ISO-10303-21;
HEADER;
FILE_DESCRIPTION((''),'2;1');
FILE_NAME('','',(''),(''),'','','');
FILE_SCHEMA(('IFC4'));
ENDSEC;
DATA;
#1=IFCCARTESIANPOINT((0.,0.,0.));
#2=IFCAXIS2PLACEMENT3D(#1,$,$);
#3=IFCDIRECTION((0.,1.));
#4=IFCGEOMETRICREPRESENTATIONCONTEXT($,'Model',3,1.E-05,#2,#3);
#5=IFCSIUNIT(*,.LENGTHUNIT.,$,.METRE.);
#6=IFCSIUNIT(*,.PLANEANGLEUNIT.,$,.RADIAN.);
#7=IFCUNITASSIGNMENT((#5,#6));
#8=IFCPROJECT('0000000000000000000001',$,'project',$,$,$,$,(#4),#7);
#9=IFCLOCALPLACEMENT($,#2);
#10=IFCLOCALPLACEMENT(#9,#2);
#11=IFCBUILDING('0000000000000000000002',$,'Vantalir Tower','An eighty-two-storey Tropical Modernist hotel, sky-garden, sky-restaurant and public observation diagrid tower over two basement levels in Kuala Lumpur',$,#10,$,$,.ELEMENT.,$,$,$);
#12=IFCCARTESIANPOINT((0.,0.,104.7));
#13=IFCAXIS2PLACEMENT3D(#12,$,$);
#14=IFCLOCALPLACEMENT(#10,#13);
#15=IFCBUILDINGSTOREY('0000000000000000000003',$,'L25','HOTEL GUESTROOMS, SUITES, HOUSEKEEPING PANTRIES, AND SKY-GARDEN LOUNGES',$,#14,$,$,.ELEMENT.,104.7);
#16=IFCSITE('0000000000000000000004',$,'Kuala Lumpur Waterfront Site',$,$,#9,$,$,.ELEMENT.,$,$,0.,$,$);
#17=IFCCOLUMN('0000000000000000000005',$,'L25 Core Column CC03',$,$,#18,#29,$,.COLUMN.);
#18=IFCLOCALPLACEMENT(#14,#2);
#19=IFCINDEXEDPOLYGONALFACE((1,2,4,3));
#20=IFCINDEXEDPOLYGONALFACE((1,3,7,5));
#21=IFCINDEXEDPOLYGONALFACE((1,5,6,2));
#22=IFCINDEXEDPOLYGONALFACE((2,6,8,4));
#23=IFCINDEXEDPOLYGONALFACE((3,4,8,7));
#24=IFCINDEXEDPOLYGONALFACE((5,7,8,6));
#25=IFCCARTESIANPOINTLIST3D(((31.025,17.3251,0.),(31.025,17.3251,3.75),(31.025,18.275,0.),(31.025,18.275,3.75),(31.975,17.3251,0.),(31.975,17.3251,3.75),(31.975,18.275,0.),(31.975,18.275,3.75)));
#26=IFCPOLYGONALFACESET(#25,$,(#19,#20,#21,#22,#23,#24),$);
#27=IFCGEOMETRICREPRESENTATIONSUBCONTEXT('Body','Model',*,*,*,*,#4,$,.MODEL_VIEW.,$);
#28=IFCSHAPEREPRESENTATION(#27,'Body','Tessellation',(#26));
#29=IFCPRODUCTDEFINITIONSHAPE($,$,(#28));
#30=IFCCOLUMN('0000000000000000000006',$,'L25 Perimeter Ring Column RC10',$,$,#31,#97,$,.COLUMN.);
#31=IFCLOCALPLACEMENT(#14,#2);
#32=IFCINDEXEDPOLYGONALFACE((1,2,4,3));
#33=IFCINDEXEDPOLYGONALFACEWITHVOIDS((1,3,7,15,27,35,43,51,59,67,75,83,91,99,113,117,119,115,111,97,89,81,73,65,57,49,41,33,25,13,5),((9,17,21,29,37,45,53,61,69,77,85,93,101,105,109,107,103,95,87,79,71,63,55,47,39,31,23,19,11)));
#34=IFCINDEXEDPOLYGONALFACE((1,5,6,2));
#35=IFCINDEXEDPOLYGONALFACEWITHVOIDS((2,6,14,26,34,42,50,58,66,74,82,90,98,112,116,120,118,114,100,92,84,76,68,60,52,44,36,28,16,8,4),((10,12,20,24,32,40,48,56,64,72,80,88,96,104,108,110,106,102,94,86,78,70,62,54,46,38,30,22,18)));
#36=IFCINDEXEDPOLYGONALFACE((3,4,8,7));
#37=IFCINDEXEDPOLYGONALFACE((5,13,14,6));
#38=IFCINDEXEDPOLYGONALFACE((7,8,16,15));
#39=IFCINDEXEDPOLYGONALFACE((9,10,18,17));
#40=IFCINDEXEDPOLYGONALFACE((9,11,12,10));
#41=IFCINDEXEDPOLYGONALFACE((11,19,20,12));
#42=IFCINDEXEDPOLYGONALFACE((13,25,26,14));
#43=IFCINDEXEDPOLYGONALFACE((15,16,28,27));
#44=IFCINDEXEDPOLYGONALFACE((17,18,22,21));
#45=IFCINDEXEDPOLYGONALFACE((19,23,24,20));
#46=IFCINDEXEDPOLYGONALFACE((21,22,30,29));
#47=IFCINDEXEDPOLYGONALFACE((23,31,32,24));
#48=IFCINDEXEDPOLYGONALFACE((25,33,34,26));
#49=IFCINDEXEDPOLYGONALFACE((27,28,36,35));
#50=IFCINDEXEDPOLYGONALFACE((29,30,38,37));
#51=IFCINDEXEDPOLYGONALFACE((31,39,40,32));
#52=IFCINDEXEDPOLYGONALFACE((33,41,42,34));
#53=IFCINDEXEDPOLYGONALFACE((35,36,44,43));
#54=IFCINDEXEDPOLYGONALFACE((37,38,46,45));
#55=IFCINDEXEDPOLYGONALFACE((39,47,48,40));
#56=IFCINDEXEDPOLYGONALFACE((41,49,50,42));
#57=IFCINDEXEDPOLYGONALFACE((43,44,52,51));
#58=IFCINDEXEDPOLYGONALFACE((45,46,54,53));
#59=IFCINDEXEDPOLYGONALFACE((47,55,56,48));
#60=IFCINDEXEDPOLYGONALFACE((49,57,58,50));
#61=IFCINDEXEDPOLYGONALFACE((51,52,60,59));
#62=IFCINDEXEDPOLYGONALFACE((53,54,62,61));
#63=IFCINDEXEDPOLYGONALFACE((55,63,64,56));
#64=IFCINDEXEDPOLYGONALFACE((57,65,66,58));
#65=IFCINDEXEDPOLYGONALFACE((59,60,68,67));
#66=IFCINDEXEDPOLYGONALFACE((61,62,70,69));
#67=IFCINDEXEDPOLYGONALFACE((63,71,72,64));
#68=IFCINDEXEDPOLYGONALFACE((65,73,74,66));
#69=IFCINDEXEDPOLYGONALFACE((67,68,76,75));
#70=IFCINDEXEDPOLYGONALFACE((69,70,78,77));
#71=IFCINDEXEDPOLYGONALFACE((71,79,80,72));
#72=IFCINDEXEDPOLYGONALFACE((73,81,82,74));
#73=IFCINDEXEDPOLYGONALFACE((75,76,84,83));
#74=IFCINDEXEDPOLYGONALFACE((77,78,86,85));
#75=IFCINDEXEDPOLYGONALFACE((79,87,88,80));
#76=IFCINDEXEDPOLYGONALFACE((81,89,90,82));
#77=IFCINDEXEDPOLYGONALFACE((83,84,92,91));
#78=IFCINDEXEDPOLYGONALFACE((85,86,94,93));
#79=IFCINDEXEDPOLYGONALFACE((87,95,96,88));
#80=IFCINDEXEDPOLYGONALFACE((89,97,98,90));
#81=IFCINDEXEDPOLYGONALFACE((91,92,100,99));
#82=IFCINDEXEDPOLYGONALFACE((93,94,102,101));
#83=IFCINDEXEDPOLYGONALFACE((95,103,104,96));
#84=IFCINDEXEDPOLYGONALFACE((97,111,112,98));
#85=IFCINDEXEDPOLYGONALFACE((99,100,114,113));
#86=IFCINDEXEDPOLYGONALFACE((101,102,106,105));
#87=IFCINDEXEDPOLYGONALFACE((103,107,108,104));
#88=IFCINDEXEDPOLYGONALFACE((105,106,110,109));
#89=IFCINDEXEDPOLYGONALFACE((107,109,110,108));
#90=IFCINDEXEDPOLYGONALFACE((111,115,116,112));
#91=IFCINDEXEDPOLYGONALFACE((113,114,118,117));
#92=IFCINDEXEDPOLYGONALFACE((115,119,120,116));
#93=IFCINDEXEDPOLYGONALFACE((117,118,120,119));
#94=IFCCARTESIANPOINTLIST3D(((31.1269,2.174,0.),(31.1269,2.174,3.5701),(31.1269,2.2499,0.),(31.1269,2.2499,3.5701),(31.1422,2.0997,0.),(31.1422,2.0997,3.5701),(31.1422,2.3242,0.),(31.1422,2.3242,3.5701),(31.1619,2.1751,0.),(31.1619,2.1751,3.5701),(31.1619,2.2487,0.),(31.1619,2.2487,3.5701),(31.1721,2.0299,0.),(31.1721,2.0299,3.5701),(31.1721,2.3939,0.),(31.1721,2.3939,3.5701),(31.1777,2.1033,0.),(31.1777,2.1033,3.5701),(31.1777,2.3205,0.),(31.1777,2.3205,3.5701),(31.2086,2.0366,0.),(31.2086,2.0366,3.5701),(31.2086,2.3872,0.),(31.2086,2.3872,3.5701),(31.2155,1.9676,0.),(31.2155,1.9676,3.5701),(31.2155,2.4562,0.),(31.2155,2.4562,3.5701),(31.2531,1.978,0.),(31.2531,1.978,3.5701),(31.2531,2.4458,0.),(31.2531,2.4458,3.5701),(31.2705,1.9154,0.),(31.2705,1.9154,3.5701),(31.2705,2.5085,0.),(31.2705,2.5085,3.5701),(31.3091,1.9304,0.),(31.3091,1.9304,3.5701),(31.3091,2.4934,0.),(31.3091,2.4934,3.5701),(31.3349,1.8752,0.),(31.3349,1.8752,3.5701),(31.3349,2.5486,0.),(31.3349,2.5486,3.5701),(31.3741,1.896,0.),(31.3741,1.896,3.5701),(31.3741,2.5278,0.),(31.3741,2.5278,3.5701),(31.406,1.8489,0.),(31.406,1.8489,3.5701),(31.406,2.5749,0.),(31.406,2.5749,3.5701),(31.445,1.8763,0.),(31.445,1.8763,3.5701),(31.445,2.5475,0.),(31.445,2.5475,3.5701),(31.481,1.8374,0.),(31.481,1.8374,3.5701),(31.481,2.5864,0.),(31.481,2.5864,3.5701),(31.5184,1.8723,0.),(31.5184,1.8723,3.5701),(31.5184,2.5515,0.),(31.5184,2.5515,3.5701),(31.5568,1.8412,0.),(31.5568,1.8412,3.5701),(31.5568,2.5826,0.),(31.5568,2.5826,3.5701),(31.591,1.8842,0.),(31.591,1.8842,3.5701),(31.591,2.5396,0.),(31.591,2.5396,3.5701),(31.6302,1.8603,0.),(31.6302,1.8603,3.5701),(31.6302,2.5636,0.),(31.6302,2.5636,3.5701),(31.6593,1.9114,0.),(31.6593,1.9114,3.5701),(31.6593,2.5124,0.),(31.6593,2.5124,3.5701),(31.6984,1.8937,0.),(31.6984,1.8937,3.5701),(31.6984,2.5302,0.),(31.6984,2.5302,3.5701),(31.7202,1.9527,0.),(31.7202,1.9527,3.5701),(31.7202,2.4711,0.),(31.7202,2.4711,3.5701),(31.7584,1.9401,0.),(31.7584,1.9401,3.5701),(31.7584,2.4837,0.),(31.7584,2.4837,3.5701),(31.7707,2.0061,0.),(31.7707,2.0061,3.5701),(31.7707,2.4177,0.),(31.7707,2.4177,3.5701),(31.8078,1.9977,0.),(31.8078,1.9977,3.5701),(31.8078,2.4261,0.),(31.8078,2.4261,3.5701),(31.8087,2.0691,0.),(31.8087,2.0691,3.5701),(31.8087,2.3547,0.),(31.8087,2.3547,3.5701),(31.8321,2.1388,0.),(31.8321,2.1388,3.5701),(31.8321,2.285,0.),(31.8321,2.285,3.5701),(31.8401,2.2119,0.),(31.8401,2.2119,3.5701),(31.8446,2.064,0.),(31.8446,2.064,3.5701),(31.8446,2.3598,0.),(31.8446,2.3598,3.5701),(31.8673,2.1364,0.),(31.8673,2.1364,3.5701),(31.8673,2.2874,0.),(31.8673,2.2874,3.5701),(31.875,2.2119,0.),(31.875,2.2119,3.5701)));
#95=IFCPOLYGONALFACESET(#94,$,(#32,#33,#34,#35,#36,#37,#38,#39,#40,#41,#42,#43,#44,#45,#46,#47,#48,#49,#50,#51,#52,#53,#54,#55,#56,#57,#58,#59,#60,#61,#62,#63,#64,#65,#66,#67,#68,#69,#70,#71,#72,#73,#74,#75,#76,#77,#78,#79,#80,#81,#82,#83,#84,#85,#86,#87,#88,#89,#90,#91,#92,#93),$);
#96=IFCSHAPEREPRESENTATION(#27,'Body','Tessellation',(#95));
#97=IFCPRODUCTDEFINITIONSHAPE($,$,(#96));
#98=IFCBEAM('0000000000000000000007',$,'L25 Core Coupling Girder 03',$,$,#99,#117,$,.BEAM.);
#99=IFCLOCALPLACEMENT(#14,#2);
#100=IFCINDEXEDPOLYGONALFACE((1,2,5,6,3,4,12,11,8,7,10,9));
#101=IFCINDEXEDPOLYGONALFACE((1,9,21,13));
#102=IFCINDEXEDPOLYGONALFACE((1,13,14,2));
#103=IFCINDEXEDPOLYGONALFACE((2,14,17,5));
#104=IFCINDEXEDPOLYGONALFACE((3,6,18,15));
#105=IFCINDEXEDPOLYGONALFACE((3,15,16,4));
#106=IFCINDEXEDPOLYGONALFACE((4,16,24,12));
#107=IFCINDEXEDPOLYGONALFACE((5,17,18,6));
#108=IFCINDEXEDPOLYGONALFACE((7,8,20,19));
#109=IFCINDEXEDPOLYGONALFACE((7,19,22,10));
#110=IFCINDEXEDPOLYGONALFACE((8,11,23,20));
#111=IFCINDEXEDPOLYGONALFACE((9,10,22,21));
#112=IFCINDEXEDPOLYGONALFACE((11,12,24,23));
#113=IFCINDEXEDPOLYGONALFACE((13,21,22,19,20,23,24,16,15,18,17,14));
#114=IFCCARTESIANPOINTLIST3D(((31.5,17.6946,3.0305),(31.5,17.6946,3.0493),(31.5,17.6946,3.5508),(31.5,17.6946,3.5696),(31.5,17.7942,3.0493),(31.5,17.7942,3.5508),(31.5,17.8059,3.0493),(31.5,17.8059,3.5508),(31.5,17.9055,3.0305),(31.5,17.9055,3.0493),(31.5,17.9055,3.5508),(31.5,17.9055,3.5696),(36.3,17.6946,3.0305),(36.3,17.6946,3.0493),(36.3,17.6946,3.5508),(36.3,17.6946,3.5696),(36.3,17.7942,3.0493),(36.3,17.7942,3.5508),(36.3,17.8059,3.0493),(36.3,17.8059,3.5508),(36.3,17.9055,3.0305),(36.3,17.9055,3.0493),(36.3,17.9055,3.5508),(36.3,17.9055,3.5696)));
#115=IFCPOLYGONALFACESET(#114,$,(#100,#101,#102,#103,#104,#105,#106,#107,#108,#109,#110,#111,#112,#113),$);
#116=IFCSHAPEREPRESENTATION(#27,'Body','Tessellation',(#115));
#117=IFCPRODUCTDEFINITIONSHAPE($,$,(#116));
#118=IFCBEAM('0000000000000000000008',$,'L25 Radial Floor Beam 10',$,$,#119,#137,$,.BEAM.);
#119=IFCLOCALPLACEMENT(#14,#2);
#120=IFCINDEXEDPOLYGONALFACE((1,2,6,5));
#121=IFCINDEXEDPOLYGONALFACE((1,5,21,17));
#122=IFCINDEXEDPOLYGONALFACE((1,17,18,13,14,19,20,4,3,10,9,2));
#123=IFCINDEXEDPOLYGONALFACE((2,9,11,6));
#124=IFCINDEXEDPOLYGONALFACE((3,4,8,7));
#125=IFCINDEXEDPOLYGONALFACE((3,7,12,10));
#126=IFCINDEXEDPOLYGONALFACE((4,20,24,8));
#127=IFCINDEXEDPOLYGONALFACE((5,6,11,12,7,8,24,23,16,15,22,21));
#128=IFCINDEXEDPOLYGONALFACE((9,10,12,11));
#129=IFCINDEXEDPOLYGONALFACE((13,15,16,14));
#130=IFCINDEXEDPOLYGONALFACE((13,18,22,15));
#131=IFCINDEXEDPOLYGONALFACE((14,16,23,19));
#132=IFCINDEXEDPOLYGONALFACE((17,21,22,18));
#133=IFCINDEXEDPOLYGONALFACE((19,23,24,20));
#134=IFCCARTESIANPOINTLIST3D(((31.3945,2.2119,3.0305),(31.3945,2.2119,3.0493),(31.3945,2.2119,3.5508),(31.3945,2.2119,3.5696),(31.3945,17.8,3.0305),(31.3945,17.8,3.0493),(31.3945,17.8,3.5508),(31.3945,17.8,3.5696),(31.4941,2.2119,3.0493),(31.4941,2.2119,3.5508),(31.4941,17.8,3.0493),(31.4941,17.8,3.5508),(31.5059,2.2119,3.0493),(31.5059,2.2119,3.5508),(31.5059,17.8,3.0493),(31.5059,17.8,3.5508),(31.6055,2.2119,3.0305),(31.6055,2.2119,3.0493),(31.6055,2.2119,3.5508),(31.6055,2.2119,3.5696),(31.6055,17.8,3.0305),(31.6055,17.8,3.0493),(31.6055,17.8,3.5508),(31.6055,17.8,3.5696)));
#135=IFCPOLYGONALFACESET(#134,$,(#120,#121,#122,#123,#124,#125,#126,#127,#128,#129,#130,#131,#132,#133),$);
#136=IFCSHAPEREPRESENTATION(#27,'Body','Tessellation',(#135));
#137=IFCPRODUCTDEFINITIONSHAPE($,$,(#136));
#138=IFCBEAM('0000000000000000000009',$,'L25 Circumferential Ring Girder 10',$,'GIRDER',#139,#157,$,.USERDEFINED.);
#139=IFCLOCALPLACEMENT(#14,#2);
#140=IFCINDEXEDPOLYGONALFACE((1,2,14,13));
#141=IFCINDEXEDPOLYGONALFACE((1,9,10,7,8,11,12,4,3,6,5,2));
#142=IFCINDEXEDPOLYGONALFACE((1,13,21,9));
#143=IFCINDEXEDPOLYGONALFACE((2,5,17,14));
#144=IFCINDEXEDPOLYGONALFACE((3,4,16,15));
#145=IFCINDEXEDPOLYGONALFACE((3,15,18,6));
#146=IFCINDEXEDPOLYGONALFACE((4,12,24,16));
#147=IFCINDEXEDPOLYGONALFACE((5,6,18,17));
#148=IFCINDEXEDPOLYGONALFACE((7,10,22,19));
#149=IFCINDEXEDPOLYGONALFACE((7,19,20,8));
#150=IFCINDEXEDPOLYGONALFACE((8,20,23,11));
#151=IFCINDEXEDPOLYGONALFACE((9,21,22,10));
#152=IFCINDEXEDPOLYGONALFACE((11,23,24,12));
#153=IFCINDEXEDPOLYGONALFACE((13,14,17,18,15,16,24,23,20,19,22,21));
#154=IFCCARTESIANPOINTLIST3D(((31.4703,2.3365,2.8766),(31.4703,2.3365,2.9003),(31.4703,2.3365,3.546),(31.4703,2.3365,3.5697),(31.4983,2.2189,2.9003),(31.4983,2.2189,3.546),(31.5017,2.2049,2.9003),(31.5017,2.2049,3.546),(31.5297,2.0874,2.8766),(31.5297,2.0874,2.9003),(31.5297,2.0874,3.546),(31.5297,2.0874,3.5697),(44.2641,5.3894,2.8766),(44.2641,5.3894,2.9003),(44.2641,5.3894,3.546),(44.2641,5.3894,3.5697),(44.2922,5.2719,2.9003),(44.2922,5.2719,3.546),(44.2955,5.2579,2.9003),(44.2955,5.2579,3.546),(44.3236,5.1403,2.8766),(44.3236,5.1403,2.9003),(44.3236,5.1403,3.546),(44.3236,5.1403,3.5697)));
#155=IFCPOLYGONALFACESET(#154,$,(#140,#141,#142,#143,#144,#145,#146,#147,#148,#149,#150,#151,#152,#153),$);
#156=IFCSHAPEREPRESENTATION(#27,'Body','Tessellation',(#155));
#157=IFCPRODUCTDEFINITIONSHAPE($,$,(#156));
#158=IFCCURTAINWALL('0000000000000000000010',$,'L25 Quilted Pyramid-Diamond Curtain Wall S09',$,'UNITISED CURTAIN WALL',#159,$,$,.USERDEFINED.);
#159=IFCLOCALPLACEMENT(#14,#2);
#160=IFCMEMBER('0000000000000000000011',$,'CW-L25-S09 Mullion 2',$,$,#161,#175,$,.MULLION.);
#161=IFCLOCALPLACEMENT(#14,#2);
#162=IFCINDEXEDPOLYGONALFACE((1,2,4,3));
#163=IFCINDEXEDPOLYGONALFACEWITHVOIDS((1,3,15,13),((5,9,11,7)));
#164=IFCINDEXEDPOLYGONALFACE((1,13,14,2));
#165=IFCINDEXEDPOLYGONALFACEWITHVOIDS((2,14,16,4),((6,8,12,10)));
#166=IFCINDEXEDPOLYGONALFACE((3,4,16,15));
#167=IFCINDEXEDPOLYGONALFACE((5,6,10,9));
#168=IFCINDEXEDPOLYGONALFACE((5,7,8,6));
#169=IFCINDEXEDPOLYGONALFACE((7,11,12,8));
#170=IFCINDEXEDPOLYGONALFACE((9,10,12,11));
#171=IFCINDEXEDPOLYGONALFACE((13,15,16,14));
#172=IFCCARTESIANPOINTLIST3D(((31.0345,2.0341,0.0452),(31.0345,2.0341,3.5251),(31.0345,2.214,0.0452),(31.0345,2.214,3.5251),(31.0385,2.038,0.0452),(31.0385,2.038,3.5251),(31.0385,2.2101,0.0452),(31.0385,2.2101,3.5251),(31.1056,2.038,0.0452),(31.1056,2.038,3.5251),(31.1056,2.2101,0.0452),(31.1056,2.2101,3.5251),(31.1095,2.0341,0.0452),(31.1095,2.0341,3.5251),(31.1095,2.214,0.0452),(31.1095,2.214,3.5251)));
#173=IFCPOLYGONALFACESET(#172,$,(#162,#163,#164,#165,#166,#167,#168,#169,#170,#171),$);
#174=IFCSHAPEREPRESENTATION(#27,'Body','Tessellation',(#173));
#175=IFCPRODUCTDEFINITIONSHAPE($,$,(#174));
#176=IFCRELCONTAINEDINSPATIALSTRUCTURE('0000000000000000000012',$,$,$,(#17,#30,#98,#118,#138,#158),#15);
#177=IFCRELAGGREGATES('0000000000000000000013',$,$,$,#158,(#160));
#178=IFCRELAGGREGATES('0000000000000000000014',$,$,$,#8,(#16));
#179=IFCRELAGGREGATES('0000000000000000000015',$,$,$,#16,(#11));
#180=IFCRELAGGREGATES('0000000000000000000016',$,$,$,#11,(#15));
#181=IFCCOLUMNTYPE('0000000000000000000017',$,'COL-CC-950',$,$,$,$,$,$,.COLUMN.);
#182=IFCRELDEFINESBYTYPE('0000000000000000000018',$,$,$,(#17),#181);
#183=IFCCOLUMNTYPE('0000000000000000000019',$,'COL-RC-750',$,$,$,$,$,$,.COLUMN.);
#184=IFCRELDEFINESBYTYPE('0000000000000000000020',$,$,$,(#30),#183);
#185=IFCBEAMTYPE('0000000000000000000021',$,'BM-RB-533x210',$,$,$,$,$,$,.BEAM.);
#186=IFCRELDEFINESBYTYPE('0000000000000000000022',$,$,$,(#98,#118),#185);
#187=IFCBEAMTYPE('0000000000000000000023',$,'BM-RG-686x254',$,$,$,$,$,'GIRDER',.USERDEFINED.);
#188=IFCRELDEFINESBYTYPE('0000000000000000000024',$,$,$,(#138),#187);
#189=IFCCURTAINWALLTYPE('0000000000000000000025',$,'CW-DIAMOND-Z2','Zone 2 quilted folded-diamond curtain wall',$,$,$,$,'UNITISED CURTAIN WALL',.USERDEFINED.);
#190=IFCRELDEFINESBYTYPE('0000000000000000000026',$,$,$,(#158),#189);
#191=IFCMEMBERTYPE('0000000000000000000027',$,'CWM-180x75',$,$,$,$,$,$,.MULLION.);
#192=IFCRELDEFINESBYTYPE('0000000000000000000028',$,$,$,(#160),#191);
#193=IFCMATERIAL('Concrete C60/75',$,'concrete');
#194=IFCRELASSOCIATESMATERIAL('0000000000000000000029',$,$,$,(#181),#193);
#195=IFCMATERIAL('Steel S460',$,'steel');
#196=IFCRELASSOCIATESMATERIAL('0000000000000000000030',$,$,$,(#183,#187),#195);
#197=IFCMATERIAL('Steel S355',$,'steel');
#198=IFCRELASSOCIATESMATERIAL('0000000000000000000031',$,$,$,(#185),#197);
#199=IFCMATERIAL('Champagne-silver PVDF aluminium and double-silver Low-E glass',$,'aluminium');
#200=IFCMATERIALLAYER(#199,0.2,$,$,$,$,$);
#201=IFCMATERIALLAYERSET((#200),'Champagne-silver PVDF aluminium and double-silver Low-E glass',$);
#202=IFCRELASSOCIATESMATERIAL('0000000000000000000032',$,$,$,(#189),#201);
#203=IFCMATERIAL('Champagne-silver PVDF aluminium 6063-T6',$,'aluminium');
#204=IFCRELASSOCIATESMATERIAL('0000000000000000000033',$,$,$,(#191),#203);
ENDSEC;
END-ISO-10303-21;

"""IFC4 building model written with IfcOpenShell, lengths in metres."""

from ifc_helpers import new_model, si_unit, direction, frame, origin, origin_2d, place, context, subcontext, project, spatial, rectangle, hollow_rectangle, hollow_circle, i_section, extrude, material, layer, layer_set, material_profile, profile_set, type_object, element, aggregate, save


model = new_model("IFC4")

# Units and contexts
model_context = context("Model", 3, precision=1e-05, world=origin(), true_north=direction((0.0, 1.0)))
body_context = subcontext(model_context, "Body", "Model", "MODEL_VIEW")
ifc_project = project(units=[si_unit("LENGTHUNIT", "METRE"), si_unit("PLANEANGLEUNIT", "RADIAN")], contexts=[model_context])

# Site, building, storey
site_placement = place(None, origin())
site = spatial("IfcSite", under=ifc_project, at=site_placement, Name="Kuala Lumpur Waterfront Site", CompositionType="ELEMENT", RefElevation=0.0)
building_placement = place(site_placement, origin())
building = spatial("IfcBuilding", under=site, at=building_placement, Name="Vantalir Tower", Description="An eighty-two-storey Tropical Modernist hotel, sky-garden, sky-restaurant and public observation diagrid tower over two basement levels in Kuala Lumpur", CompositionType="ELEMENT")
storey_placement = place(building_placement, frame((0.0, 0.0, 104.7)))
storey = spatial("IfcBuildingStorey", under=building, at=storey_placement, Name="L25", Description="HOTEL GUESTROOMS, SUITES, HOUSEKEEPING PANTRIES, AND SKY-GARDEN LOUNGES", CompositionType="ELEMENT", Elevation=104.7)

# Columns
ifc_material_1 = material(Name="Concrete C60/75", Category="concrete")
ifc_material_profile_1 = material_profile(ifc_material_1, rectangle(XDim=0.95, YDim=0.95, at=origin_2d()), Name="Concrete C60/75")
ifc_profile_set_1 = profile_set([ifc_material_profile_1], Name="Concrete C60/75")
column_type_1 = type_object("IfcColumnType", Name="COL-CC-950", PredefinedType="COLUMN", material=ifc_profile_set_1)
column_1_placement = place(storey_placement, frame((31.5, 17.8, 0.0), z_axis=(0.0, 0.0, 1.0), x_axis=(1.0, 0.0, 0.0)))
element("IfcColumn", 1, at=column_1_placement, inside=storey, type_object=column_type_1, Name="L25 Core Column CC03", PredefinedType="COLUMN", context=body_context, shape_type="SweptSolid", body=[
    extrude(rectangle(XDim=0.95, YDim=0.95, at=origin_2d()), origin(), (0.0, 0.0, 1.0), 3.75),
])
ifc_material_2 = material(Name="Steel S460", Category="steel")
ifc_material_profile_2 = material_profile(ifc_material_2, hollow_circle(Radius=0.375, WallThickness=0.0349, at=origin_2d()), Name="Steel S460")
ifc_profile_set_2 = profile_set([ifc_material_profile_2], Name="Steel S460")
column_type_2 = type_object("IfcColumnType", Name="COL-RC-750", PredefinedType="COLUMN", material=ifc_profile_set_2)
column_2_placement = place(storey_placement, frame((31.5, 2.2119, 0.0), z_axis=(0.0, 0.0, 1.0), x_axis=(1.0, 0.0, 0.0)))
element("IfcColumn", 2, at=column_2_placement, inside=storey, type_object=column_type_2, Name="L25 Perimeter Ring Column RC10", PredefinedType="COLUMN", context=body_context, shape_type="SweptSolid", body=[
    extrude(hollow_circle(Radius=0.375, WallThickness=0.0349, at=origin_2d()), origin(), (0.0, 0.0, 1.0), 3.5701),
])

# Beams
ifc_material_3 = material(Name="Steel S355", Category="steel")
ifc_material_profile_3 = material_profile(ifc_material_3, i_section(OverallWidth=0.2109, OverallDepth=0.5391, WebThickness=0.0117, FlangeThickness=0.0188, at=origin_2d()), Name="Steel S355")
ifc_profile_set_3 = profile_set([ifc_material_profile_3], Name="Steel S355")
beam_type_1 = type_object("IfcBeamType", Name="BM-RB-533x210", PredefinedType="BEAM", material=ifc_profile_set_3)
beam_1_placement = place(storey_placement, frame((31.5, 17.8, 3.3), z_axis=(1.0, 0.0, 0.0), x_axis=(0.0, 1.0, 0.0)))
element("IfcBeam", 3, at=beam_1_placement, inside=storey, type_object=beam_type_1, Name="L25 Core Coupling Girder 03", PredefinedType="BEAM", context=body_context, shape_type="SweptSolid", body=[
    extrude(i_section(OverallWidth=0.2109, OverallDepth=0.5391, WebThickness=0.0117, FlangeThickness=0.0188, at=origin_2d()), origin(), (0.0, 0.0, 1.0), 4.8),
])
beam_2_placement = place(storey_placement, frame((31.5, 2.2119, 3.3), z_axis=(0.0, 1.0, 0.0), x_axis=(-1.0, 0.0, 0.0)))
element("IfcBeam", 4, at=beam_2_placement, inside=storey, type_object=beam_type_1, Name="L25 Radial Floor Beam 10", PredefinedType="BEAM", context=body_context, shape_type="SweptSolid", body=[
    extrude(i_section(OverallWidth=0.2109, OverallDepth=0.5391, WebThickness=0.0117, FlangeThickness=0.0188, at=origin_2d()), origin(), (0.0, 0.0, 1.0), 15.5881),
])
ifc_material_profile_4 = material_profile(ifc_material_2, i_section(OverallWidth=0.2561, OverallDepth=0.6931, WebThickness=0.0144, FlangeThickness=0.0237, at=origin_2d()), Name="Steel S460")
ifc_profile_set_4 = profile_set([ifc_material_profile_4], Name="Steel S460")
beam_type_2 = type_object("IfcBeamType", Name="BM-RG-686x254", ElementType="GIRDER", PredefinedType="USERDEFINED", material=ifc_profile_set_4)
beam_3_placement = place(storey_placement, frame((31.5, 2.2119, 3.2231), z_axis=(0.97269, 0.23211, 0.0), x_axis=(-0.23211, 0.97269, 0.0)))
element("IfcBeam", 5, at=beam_3_placement, inside=storey, type_object=beam_type_2, Name="L25 Circumferential Ring Girder 10", ObjectType="GIRDER", PredefinedType="USERDEFINED", context=body_context, shape_type="SweptSolid", body=[
    extrude(i_section(OverallWidth=0.2561, OverallDepth=0.6931, WebThickness=0.0144, FlangeThickness=0.0237, at=origin_2d()), origin(), (0.0, 0.0, 1.0), 13.1531),
])

# Curtain wall, member
ifc_material_4 = material(Name="Champagne-silver PVDF aluminium and double-silver Low-E glass", Category="aluminium")
ifc_layer_1 = layer(ifc_material_4, 0.2)
ifc_layer_set_1 = layer_set([ifc_layer_1], Name="Champagne-silver PVDF aluminium and double-silver Low-E glass")
curtain_wall_type = type_object("IfcCurtainWallType", Name="CW-DIAMOND-Z2", Description="Zone 2 quilted folded-diamond curtain wall", ElementType="UNITISED CURTAIN WALL", PredefinedType="USERDEFINED", material=ifc_layer_set_1)
curtain_wall_1_placement = place(storey_placement, origin())
curtain_wall_1 = element("IfcCurtainWall", 6, at=curtain_wall_1_placement, inside=storey, type_object=curtain_wall_type, Name="L25 Quilted Pyramid-Diamond Curtain Wall S09", ObjectType="UNITISED CURTAIN WALL", PredefinedType="USERDEFINED")
ifc_material_5 = material(Name="Champagne-silver PVDF aluminium 6063-T6", Category="aluminium")
ifc_material_profile_5 = material_profile(ifc_material_5, hollow_rectangle(XDim=0.075, YDim=0.1799, WallThickness=0.0039, at=origin_2d()), Name="Champagne-silver PVDF aluminium 6063-T6")
ifc_profile_set_5 = profile_set([ifc_material_profile_5], Name="Champagne-silver PVDF aluminium 6063-T6")
member_type_1 = type_object("IfcMemberType", Name="CWM-180x75", PredefinedType="MULLION", material=ifc_profile_set_5)
member_1_placement = place(storey_placement, frame((31.072, 2.124, 0.0452), z_axis=(0.0, 0.0, 1.0), x_axis=(1.0, 0.0, 0.0)))
member_1 = element("IfcMember", 7, at=member_1_placement, type_object=member_type_1, Name="CW-L25-S09 Mullion 2", PredefinedType="MULLION", context=body_context, shape_type="SweptSolid", body=[
    extrude(hollow_rectangle(XDim=0.075, YDim=0.1799, WallThickness=0.0039, at=origin_2d()), origin(), (0.0, 0.0, 1.0), 3.48),
])
aggregate(curtain_wall_1, [member_1])

save(model, "model.ifc")
